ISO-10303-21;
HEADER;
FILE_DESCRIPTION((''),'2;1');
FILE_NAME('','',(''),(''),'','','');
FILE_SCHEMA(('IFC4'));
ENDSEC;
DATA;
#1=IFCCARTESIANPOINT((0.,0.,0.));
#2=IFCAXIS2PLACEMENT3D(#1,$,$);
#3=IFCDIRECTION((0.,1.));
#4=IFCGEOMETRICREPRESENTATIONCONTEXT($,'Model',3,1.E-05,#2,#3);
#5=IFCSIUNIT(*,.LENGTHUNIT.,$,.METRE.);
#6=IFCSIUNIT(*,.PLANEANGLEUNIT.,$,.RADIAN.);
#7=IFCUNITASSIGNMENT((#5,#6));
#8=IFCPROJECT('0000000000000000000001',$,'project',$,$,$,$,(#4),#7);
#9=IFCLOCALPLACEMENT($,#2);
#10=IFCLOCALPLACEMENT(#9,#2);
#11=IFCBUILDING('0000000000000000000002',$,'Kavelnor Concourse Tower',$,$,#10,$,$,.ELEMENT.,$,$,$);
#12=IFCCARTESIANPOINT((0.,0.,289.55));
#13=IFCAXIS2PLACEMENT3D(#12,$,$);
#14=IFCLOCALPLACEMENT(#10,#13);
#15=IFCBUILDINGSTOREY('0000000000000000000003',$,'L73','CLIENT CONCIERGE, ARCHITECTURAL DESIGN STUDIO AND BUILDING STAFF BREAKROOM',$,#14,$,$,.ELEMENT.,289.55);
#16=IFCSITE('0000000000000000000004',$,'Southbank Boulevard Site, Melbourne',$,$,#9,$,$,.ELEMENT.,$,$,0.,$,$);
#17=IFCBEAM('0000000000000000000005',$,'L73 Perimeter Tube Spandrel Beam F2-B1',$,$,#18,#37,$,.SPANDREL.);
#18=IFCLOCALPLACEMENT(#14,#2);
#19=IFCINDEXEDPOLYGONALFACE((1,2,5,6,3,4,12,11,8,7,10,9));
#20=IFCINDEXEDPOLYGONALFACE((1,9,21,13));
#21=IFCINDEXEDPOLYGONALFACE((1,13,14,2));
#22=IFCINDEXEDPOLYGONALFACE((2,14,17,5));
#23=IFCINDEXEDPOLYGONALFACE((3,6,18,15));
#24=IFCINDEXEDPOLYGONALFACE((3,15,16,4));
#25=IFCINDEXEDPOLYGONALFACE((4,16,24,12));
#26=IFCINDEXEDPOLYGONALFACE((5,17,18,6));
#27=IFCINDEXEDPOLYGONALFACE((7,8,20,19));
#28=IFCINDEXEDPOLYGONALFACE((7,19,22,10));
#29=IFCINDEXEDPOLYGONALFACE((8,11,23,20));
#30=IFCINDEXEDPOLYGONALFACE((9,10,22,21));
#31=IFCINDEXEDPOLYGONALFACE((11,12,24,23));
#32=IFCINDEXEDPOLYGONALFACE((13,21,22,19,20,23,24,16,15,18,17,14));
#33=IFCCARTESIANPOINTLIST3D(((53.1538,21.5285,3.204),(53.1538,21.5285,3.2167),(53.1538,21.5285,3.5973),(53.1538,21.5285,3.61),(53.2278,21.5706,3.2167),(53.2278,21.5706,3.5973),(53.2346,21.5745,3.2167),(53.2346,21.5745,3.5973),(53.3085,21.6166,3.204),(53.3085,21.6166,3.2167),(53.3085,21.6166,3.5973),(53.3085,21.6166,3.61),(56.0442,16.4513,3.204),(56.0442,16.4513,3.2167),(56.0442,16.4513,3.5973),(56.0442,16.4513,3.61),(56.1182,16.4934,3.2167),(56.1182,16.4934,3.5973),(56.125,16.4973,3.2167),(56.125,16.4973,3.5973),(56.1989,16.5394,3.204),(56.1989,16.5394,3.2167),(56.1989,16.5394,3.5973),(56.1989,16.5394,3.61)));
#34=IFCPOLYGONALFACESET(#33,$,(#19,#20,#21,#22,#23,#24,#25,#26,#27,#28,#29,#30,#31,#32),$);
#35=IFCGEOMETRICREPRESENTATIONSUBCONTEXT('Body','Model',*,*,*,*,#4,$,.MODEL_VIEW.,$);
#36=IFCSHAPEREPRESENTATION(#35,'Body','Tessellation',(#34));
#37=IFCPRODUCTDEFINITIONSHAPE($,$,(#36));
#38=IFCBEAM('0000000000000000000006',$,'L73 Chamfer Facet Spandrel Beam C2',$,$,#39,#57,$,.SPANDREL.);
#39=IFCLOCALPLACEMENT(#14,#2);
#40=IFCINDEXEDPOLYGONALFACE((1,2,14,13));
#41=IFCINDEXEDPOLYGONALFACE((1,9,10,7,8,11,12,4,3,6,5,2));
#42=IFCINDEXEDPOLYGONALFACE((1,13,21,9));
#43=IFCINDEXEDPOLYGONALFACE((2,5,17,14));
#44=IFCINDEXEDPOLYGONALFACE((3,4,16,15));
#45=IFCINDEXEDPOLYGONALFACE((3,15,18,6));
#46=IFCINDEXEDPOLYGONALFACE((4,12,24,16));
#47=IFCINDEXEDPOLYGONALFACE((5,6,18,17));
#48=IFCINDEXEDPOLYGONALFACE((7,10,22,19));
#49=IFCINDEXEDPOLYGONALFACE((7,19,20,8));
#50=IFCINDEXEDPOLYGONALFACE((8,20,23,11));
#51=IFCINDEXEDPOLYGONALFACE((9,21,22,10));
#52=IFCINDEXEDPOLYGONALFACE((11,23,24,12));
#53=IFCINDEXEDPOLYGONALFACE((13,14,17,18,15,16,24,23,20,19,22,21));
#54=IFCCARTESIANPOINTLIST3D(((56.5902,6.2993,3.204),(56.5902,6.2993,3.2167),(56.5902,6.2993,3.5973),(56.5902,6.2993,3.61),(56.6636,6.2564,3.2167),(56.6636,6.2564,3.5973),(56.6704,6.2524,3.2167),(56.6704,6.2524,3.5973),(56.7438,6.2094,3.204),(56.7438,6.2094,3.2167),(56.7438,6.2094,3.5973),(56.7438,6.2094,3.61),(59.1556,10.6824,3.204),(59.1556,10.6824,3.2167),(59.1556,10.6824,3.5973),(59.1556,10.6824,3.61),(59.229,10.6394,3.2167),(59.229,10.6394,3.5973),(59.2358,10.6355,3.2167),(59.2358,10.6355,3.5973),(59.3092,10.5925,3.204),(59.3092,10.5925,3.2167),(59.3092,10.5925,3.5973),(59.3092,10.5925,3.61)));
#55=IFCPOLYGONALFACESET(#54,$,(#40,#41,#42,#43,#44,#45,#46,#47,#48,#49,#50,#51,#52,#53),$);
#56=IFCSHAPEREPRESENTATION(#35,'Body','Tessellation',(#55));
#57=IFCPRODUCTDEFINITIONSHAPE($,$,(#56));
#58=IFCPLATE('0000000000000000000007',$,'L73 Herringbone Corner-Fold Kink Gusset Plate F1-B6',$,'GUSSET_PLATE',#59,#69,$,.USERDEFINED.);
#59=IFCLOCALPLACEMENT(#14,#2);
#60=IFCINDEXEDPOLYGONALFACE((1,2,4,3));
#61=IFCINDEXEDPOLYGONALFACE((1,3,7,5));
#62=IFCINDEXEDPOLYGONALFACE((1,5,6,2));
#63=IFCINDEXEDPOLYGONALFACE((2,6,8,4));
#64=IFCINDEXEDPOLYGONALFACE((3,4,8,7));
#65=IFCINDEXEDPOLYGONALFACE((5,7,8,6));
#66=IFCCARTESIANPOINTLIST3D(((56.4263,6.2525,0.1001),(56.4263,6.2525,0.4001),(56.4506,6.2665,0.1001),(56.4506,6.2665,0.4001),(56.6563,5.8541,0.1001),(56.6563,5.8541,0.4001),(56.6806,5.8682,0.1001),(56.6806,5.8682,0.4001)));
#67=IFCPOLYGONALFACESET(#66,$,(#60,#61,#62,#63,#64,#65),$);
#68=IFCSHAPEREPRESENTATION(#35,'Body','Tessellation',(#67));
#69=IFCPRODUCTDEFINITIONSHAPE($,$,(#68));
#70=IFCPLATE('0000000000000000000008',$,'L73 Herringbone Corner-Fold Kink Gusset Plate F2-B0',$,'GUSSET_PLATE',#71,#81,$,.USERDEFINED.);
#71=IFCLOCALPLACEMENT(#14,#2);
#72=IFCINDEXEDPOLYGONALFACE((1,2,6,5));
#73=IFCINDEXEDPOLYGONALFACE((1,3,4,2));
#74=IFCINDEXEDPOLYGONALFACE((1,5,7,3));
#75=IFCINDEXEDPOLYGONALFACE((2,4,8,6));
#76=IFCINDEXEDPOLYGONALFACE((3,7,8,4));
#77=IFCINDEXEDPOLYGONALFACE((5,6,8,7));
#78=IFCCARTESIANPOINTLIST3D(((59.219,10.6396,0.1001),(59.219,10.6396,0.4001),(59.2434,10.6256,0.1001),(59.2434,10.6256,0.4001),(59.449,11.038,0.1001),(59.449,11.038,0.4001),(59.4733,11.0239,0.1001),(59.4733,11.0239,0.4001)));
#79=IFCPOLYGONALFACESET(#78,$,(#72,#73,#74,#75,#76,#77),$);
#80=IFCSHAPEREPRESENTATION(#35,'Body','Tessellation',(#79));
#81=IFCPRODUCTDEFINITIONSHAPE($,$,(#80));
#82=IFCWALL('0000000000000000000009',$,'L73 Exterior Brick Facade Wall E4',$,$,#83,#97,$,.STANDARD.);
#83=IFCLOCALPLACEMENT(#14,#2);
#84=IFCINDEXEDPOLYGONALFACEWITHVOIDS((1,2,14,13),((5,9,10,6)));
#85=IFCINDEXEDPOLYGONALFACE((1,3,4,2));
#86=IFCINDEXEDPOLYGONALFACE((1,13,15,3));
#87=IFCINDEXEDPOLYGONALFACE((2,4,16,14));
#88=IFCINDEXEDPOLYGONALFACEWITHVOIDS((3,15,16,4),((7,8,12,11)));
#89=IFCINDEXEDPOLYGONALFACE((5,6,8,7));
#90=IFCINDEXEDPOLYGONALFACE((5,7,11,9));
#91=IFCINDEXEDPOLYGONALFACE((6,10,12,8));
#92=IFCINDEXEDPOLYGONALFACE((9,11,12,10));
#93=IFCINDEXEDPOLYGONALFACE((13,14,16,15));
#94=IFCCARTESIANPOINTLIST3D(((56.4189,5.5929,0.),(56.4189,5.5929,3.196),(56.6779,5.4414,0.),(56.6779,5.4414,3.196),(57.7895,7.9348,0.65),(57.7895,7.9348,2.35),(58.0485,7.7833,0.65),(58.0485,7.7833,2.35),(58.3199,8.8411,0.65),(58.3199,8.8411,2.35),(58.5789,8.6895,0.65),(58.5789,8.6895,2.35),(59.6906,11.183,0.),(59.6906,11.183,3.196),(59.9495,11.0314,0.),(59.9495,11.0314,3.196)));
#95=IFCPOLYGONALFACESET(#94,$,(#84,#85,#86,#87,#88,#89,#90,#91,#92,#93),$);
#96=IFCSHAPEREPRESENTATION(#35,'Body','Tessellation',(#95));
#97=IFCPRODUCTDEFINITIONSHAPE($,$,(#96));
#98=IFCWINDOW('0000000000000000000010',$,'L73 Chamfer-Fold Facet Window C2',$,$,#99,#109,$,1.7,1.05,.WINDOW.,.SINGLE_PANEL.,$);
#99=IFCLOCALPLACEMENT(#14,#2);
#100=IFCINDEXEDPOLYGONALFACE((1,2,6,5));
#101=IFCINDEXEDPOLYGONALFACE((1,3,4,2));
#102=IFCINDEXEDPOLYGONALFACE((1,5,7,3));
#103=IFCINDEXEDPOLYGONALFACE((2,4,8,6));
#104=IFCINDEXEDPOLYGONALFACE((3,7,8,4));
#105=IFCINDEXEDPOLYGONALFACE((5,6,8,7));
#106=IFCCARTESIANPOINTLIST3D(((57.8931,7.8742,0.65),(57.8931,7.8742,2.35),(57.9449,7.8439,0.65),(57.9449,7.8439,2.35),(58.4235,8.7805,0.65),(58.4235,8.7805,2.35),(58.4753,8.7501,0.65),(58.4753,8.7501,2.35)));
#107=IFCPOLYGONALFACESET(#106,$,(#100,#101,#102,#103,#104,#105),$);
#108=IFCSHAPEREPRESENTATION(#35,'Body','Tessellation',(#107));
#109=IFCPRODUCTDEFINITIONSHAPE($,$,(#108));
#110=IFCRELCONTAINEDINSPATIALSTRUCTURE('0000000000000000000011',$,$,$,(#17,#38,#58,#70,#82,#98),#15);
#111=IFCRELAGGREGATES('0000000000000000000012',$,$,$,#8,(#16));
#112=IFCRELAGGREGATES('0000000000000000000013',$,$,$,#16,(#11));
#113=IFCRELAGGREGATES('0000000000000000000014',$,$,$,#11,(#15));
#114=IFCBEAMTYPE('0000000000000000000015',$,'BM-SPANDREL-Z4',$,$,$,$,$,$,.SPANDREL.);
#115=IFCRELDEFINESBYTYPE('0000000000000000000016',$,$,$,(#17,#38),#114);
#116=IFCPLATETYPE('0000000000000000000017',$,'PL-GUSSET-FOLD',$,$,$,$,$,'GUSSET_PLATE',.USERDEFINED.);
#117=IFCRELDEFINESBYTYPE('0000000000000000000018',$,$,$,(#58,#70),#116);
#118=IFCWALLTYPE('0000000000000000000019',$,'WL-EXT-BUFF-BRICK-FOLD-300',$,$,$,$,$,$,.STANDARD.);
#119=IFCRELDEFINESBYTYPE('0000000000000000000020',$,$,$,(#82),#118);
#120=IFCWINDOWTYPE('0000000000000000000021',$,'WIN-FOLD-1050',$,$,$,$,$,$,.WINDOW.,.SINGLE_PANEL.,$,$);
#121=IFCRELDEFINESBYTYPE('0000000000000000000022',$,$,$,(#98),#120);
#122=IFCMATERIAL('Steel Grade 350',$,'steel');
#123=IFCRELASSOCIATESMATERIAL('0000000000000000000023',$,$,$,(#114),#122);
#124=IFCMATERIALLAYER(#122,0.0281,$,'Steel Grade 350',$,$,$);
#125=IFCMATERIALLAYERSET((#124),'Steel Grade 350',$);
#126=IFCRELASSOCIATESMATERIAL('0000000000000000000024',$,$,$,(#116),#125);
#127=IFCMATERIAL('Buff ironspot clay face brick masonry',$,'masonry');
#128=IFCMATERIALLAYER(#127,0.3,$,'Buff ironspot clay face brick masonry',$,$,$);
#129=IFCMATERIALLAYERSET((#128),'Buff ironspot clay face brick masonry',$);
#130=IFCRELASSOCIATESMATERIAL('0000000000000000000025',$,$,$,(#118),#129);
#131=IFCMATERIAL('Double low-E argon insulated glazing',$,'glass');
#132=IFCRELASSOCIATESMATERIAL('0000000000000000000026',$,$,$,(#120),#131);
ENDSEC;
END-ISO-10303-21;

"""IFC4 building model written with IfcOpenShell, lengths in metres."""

from ifc_helpers import new_model, si_unit, direction, frame, frame_2d, origin, origin_2d, place, context, subcontext, project, spatial, rectangle, i_section, extrude, material, layer, layer_set, material_profile, profile_set, type_object, element, fill, save


model = new_model("IFC4")

# Units and contexts
model_context = context("Model", 3, precision=1e-05, world=origin(), true_north=direction((0.0, 1.0)))
body_context = subcontext(model_context, "Body", "Model", "MODEL_VIEW")
ifc_project = project(units=[si_unit("LENGTHUNIT", "METRE"), si_unit("PLANEANGLEUNIT", "RADIAN")], contexts=[model_context])

# Site, building, storey
site_placement = place(None, origin())
site = spatial("IfcSite", under=ifc_project, at=site_placement, Name="Southbank Boulevard Site, Melbourne", CompositionType="ELEMENT", RefElevation=0.0)
building_placement = place(site_placement, origin())
building = spatial("IfcBuilding", under=site, at=building_placement, Name="Kavelnor Concourse Tower", CompositionType="ELEMENT")
storey_placement = place(building_placement, frame((0.0, 0.0, 289.55)))
storey = spatial("IfcBuildingStorey", under=building, at=storey_placement, Name="L73", Description="CLIENT CONCIERGE, ARCHITECTURAL DESIGN STUDIO AND BUILDING STAFF BREAKROOM", CompositionType="ELEMENT", Elevation=289.55)

# Shared definitions
ifc_material_1 = material(Name="Steel Grade 350", Category="steel")

# Beams
ifc_material_profile_1 = material_profile(ifc_material_1, i_section(OverallWidth=0.178, OverallDepth=0.406, WebThickness=0.0078, FlangeThickness=0.0127, at=origin_2d()), Name="410UB59")
ifc_profile_set_1 = profile_set([ifc_material_profile_1], Name="Steel Grade 350")
beam_type_1 = type_object("IfcBeamType", Name="BM-SPANDREL-Z4", PredefinedType="SPANDREL", material=ifc_profile_set_1)
beam_1_placement = place(storey_placement, frame((56.1216, 16.4954, 3.407), z_axis=(-0.494739, 0.869042, 0.0), x_axis=(-0.869042, -0.494739, 0.0)))
element("IfcBeam", 1, at=beam_1_placement, inside=storey, type_object=beam_type_1, Name="L73 Perimeter Tube Spandrel Beam F2-B1", PredefinedType="SPANDREL", context=body_context, shape_type="SweptSolid", body=[
    extrude(i_section(OverallWidth=0.178, OverallDepth=0.406, WebThickness=0.0078, FlangeThickness=0.0127, at=origin_2d()), origin(), (0.0, 0.0, 1.0), 5.8423),
])
beam_2_placement = place(storey_placement, frame((56.667, 6.2544, 3.407), z_axis=(0.505141, 0.863037, 0.0), x_axis=(-0.863037, 0.505141, 0.0)))
element("IfcBeam", 2, at=beam_2_placement, inside=storey, type_object=beam_type_1, Name="L73 Chamfer Facet Spandrel Beam C2", PredefinedType="SPANDREL", context=body_context, shape_type="SweptSolid", body=[
    extrude(i_section(OverallWidth=0.178, OverallDepth=0.406, WebThickness=0.0078, FlangeThickness=0.0127, at=origin_2d()), origin(), (0.0, 0.0, 1.0), 5.0786),
])

# Plates
ifc_layer_1 = layer(ifc_material_1, 0.0281, Name="Steel Grade 350")
ifc_layer_set_1 = layer_set([ifc_layer_1], Name="Steel Grade 350")
plate_type = type_object("IfcPlateType", Name="PL-GUSSET-FOLD", ElementType="GUSSET_PLATE", PredefinedType="USERDEFINED", material=ifc_layer_set_1)
for number, where, z_axis, x_axis, name in (
    (3, (56.5535, 6.0603, 0.1001), (0.0, 0.0, 1.0), (-0.5, 0.866025, 0.0), "L73 Herringbone Corner-Fold Kink Gusset Plate F1-B6"),
    (4, (59.3462, 10.8318, 0.1001), (0.0, 0.0, 1.0), (-0.5, -0.866025, 0.0), "L73 Herringbone Corner-Fold Kink Gusset Plate F2-B0"),
):
    element("IfcPlate", number, at=place(storey_placement, frame(where, z_axis=z_axis, x_axis=x_axis)), inside=storey, type_object=plate_type, Name=name, ObjectType="GUSSET_PLATE", PredefinedType="USERDEFINED", context=body_context, shape_type="SweptSolid", body=[
        extrude(rectangle(XDim=0.46, YDim=0.0281, at=origin_2d()), origin(), (0.0, 0.0, 1.0), 0.3),
    ])

# Wall, opening, window
ifc_material_2 = material(Name="Buff ironspot clay face brick masonry", Category="masonry")
ifc_layer_2 = layer(ifc_material_2, 0.3, Name="Buff ironspot clay face brick masonry")
ifc_layer_set_2 = layer_set([ifc_layer_2], Name="Buff ironspot clay face brick masonry")
wall_type_1 = type_object("IfcWallType", Name="WL-EXT-BUFF-BRICK-FOLD-300", PredefinedType="STANDARD", material=ifc_layer_set_2)
wall_1_placement = place(storey_placement, frame((59.8201, 11.1072, 0.0), z_axis=(0.0, 0.0, 1.0), x_axis=(-0.50512, -0.863049, 0.0)))
wall_1 = element("IfcWall", 5, at=wall_1_placement, inside=storey, type_object=wall_type_1, Name="L73 Exterior Brick Facade Wall E4", PredefinedType="STANDARD", context=body_context, shape_type="SweptSolid", body=[
    extrude(rectangle(XDim=6.4771, YDim=0.3, at=frame_2d((3.2385, 0.0))), origin(), (0.0, 0.0, 1.0), 3.196),
])
opening_1_placement = place(wall_1_placement, frame((2.7136, 0.0, 0.6499)))
opening_1 = element("IfcOpeningElement", 6, at=opening_1_placement, cuts=wall_1, PredefinedType="OPENING", context=body_context, shape_type="SweptSolid", body=[
    extrude(rectangle(XDim=1.05, YDim=1.7, at=frame_2d((0.5249, 0.8501))), frame((0.0, 0.1602, 0.0), z_axis=(0.0, -1.0, 0.0), x_axis=(1.0, 0.0, 0.0)), (0.0, 0.0, 1.0), 0.3201),
])
ifc_material_3 = material(Name="Double low-E argon insulated glazing", Category="glass")
window_type_1 = type_object("IfcWindowType", Name="WIN-FOLD-1050", PartitioningType="SINGLE_PANEL", PredefinedType="WINDOW", material=ifc_material_3)
window_1_placement = place(opening_1_placement, origin())
window_1 = element("IfcWindow", 7, at=window_1_placement, inside=storey, type_object=window_type_1, Name="L73 Chamfer-Fold Facet Window C2", OverallHeight=1.7, OverallWidth=1.05, PartitioningType="SINGLE_PANEL", PredefinedType="WINDOW", context=body_context, shape_type="SweptSolid", body=[
    extrude(rectangle(XDim=1.05, YDim=1.7, at=frame_2d((0.5249, 0.8501))), frame((0.0, 0.03, 0.0), z_axis=(0.0, -1.0, 0.0), x_axis=(1.0, 0.0, 0.0)), (0.0, 0.0, 1.0), 0.0601),
])
fill(opening_1, window_1)

save(model, "model.ifc")
